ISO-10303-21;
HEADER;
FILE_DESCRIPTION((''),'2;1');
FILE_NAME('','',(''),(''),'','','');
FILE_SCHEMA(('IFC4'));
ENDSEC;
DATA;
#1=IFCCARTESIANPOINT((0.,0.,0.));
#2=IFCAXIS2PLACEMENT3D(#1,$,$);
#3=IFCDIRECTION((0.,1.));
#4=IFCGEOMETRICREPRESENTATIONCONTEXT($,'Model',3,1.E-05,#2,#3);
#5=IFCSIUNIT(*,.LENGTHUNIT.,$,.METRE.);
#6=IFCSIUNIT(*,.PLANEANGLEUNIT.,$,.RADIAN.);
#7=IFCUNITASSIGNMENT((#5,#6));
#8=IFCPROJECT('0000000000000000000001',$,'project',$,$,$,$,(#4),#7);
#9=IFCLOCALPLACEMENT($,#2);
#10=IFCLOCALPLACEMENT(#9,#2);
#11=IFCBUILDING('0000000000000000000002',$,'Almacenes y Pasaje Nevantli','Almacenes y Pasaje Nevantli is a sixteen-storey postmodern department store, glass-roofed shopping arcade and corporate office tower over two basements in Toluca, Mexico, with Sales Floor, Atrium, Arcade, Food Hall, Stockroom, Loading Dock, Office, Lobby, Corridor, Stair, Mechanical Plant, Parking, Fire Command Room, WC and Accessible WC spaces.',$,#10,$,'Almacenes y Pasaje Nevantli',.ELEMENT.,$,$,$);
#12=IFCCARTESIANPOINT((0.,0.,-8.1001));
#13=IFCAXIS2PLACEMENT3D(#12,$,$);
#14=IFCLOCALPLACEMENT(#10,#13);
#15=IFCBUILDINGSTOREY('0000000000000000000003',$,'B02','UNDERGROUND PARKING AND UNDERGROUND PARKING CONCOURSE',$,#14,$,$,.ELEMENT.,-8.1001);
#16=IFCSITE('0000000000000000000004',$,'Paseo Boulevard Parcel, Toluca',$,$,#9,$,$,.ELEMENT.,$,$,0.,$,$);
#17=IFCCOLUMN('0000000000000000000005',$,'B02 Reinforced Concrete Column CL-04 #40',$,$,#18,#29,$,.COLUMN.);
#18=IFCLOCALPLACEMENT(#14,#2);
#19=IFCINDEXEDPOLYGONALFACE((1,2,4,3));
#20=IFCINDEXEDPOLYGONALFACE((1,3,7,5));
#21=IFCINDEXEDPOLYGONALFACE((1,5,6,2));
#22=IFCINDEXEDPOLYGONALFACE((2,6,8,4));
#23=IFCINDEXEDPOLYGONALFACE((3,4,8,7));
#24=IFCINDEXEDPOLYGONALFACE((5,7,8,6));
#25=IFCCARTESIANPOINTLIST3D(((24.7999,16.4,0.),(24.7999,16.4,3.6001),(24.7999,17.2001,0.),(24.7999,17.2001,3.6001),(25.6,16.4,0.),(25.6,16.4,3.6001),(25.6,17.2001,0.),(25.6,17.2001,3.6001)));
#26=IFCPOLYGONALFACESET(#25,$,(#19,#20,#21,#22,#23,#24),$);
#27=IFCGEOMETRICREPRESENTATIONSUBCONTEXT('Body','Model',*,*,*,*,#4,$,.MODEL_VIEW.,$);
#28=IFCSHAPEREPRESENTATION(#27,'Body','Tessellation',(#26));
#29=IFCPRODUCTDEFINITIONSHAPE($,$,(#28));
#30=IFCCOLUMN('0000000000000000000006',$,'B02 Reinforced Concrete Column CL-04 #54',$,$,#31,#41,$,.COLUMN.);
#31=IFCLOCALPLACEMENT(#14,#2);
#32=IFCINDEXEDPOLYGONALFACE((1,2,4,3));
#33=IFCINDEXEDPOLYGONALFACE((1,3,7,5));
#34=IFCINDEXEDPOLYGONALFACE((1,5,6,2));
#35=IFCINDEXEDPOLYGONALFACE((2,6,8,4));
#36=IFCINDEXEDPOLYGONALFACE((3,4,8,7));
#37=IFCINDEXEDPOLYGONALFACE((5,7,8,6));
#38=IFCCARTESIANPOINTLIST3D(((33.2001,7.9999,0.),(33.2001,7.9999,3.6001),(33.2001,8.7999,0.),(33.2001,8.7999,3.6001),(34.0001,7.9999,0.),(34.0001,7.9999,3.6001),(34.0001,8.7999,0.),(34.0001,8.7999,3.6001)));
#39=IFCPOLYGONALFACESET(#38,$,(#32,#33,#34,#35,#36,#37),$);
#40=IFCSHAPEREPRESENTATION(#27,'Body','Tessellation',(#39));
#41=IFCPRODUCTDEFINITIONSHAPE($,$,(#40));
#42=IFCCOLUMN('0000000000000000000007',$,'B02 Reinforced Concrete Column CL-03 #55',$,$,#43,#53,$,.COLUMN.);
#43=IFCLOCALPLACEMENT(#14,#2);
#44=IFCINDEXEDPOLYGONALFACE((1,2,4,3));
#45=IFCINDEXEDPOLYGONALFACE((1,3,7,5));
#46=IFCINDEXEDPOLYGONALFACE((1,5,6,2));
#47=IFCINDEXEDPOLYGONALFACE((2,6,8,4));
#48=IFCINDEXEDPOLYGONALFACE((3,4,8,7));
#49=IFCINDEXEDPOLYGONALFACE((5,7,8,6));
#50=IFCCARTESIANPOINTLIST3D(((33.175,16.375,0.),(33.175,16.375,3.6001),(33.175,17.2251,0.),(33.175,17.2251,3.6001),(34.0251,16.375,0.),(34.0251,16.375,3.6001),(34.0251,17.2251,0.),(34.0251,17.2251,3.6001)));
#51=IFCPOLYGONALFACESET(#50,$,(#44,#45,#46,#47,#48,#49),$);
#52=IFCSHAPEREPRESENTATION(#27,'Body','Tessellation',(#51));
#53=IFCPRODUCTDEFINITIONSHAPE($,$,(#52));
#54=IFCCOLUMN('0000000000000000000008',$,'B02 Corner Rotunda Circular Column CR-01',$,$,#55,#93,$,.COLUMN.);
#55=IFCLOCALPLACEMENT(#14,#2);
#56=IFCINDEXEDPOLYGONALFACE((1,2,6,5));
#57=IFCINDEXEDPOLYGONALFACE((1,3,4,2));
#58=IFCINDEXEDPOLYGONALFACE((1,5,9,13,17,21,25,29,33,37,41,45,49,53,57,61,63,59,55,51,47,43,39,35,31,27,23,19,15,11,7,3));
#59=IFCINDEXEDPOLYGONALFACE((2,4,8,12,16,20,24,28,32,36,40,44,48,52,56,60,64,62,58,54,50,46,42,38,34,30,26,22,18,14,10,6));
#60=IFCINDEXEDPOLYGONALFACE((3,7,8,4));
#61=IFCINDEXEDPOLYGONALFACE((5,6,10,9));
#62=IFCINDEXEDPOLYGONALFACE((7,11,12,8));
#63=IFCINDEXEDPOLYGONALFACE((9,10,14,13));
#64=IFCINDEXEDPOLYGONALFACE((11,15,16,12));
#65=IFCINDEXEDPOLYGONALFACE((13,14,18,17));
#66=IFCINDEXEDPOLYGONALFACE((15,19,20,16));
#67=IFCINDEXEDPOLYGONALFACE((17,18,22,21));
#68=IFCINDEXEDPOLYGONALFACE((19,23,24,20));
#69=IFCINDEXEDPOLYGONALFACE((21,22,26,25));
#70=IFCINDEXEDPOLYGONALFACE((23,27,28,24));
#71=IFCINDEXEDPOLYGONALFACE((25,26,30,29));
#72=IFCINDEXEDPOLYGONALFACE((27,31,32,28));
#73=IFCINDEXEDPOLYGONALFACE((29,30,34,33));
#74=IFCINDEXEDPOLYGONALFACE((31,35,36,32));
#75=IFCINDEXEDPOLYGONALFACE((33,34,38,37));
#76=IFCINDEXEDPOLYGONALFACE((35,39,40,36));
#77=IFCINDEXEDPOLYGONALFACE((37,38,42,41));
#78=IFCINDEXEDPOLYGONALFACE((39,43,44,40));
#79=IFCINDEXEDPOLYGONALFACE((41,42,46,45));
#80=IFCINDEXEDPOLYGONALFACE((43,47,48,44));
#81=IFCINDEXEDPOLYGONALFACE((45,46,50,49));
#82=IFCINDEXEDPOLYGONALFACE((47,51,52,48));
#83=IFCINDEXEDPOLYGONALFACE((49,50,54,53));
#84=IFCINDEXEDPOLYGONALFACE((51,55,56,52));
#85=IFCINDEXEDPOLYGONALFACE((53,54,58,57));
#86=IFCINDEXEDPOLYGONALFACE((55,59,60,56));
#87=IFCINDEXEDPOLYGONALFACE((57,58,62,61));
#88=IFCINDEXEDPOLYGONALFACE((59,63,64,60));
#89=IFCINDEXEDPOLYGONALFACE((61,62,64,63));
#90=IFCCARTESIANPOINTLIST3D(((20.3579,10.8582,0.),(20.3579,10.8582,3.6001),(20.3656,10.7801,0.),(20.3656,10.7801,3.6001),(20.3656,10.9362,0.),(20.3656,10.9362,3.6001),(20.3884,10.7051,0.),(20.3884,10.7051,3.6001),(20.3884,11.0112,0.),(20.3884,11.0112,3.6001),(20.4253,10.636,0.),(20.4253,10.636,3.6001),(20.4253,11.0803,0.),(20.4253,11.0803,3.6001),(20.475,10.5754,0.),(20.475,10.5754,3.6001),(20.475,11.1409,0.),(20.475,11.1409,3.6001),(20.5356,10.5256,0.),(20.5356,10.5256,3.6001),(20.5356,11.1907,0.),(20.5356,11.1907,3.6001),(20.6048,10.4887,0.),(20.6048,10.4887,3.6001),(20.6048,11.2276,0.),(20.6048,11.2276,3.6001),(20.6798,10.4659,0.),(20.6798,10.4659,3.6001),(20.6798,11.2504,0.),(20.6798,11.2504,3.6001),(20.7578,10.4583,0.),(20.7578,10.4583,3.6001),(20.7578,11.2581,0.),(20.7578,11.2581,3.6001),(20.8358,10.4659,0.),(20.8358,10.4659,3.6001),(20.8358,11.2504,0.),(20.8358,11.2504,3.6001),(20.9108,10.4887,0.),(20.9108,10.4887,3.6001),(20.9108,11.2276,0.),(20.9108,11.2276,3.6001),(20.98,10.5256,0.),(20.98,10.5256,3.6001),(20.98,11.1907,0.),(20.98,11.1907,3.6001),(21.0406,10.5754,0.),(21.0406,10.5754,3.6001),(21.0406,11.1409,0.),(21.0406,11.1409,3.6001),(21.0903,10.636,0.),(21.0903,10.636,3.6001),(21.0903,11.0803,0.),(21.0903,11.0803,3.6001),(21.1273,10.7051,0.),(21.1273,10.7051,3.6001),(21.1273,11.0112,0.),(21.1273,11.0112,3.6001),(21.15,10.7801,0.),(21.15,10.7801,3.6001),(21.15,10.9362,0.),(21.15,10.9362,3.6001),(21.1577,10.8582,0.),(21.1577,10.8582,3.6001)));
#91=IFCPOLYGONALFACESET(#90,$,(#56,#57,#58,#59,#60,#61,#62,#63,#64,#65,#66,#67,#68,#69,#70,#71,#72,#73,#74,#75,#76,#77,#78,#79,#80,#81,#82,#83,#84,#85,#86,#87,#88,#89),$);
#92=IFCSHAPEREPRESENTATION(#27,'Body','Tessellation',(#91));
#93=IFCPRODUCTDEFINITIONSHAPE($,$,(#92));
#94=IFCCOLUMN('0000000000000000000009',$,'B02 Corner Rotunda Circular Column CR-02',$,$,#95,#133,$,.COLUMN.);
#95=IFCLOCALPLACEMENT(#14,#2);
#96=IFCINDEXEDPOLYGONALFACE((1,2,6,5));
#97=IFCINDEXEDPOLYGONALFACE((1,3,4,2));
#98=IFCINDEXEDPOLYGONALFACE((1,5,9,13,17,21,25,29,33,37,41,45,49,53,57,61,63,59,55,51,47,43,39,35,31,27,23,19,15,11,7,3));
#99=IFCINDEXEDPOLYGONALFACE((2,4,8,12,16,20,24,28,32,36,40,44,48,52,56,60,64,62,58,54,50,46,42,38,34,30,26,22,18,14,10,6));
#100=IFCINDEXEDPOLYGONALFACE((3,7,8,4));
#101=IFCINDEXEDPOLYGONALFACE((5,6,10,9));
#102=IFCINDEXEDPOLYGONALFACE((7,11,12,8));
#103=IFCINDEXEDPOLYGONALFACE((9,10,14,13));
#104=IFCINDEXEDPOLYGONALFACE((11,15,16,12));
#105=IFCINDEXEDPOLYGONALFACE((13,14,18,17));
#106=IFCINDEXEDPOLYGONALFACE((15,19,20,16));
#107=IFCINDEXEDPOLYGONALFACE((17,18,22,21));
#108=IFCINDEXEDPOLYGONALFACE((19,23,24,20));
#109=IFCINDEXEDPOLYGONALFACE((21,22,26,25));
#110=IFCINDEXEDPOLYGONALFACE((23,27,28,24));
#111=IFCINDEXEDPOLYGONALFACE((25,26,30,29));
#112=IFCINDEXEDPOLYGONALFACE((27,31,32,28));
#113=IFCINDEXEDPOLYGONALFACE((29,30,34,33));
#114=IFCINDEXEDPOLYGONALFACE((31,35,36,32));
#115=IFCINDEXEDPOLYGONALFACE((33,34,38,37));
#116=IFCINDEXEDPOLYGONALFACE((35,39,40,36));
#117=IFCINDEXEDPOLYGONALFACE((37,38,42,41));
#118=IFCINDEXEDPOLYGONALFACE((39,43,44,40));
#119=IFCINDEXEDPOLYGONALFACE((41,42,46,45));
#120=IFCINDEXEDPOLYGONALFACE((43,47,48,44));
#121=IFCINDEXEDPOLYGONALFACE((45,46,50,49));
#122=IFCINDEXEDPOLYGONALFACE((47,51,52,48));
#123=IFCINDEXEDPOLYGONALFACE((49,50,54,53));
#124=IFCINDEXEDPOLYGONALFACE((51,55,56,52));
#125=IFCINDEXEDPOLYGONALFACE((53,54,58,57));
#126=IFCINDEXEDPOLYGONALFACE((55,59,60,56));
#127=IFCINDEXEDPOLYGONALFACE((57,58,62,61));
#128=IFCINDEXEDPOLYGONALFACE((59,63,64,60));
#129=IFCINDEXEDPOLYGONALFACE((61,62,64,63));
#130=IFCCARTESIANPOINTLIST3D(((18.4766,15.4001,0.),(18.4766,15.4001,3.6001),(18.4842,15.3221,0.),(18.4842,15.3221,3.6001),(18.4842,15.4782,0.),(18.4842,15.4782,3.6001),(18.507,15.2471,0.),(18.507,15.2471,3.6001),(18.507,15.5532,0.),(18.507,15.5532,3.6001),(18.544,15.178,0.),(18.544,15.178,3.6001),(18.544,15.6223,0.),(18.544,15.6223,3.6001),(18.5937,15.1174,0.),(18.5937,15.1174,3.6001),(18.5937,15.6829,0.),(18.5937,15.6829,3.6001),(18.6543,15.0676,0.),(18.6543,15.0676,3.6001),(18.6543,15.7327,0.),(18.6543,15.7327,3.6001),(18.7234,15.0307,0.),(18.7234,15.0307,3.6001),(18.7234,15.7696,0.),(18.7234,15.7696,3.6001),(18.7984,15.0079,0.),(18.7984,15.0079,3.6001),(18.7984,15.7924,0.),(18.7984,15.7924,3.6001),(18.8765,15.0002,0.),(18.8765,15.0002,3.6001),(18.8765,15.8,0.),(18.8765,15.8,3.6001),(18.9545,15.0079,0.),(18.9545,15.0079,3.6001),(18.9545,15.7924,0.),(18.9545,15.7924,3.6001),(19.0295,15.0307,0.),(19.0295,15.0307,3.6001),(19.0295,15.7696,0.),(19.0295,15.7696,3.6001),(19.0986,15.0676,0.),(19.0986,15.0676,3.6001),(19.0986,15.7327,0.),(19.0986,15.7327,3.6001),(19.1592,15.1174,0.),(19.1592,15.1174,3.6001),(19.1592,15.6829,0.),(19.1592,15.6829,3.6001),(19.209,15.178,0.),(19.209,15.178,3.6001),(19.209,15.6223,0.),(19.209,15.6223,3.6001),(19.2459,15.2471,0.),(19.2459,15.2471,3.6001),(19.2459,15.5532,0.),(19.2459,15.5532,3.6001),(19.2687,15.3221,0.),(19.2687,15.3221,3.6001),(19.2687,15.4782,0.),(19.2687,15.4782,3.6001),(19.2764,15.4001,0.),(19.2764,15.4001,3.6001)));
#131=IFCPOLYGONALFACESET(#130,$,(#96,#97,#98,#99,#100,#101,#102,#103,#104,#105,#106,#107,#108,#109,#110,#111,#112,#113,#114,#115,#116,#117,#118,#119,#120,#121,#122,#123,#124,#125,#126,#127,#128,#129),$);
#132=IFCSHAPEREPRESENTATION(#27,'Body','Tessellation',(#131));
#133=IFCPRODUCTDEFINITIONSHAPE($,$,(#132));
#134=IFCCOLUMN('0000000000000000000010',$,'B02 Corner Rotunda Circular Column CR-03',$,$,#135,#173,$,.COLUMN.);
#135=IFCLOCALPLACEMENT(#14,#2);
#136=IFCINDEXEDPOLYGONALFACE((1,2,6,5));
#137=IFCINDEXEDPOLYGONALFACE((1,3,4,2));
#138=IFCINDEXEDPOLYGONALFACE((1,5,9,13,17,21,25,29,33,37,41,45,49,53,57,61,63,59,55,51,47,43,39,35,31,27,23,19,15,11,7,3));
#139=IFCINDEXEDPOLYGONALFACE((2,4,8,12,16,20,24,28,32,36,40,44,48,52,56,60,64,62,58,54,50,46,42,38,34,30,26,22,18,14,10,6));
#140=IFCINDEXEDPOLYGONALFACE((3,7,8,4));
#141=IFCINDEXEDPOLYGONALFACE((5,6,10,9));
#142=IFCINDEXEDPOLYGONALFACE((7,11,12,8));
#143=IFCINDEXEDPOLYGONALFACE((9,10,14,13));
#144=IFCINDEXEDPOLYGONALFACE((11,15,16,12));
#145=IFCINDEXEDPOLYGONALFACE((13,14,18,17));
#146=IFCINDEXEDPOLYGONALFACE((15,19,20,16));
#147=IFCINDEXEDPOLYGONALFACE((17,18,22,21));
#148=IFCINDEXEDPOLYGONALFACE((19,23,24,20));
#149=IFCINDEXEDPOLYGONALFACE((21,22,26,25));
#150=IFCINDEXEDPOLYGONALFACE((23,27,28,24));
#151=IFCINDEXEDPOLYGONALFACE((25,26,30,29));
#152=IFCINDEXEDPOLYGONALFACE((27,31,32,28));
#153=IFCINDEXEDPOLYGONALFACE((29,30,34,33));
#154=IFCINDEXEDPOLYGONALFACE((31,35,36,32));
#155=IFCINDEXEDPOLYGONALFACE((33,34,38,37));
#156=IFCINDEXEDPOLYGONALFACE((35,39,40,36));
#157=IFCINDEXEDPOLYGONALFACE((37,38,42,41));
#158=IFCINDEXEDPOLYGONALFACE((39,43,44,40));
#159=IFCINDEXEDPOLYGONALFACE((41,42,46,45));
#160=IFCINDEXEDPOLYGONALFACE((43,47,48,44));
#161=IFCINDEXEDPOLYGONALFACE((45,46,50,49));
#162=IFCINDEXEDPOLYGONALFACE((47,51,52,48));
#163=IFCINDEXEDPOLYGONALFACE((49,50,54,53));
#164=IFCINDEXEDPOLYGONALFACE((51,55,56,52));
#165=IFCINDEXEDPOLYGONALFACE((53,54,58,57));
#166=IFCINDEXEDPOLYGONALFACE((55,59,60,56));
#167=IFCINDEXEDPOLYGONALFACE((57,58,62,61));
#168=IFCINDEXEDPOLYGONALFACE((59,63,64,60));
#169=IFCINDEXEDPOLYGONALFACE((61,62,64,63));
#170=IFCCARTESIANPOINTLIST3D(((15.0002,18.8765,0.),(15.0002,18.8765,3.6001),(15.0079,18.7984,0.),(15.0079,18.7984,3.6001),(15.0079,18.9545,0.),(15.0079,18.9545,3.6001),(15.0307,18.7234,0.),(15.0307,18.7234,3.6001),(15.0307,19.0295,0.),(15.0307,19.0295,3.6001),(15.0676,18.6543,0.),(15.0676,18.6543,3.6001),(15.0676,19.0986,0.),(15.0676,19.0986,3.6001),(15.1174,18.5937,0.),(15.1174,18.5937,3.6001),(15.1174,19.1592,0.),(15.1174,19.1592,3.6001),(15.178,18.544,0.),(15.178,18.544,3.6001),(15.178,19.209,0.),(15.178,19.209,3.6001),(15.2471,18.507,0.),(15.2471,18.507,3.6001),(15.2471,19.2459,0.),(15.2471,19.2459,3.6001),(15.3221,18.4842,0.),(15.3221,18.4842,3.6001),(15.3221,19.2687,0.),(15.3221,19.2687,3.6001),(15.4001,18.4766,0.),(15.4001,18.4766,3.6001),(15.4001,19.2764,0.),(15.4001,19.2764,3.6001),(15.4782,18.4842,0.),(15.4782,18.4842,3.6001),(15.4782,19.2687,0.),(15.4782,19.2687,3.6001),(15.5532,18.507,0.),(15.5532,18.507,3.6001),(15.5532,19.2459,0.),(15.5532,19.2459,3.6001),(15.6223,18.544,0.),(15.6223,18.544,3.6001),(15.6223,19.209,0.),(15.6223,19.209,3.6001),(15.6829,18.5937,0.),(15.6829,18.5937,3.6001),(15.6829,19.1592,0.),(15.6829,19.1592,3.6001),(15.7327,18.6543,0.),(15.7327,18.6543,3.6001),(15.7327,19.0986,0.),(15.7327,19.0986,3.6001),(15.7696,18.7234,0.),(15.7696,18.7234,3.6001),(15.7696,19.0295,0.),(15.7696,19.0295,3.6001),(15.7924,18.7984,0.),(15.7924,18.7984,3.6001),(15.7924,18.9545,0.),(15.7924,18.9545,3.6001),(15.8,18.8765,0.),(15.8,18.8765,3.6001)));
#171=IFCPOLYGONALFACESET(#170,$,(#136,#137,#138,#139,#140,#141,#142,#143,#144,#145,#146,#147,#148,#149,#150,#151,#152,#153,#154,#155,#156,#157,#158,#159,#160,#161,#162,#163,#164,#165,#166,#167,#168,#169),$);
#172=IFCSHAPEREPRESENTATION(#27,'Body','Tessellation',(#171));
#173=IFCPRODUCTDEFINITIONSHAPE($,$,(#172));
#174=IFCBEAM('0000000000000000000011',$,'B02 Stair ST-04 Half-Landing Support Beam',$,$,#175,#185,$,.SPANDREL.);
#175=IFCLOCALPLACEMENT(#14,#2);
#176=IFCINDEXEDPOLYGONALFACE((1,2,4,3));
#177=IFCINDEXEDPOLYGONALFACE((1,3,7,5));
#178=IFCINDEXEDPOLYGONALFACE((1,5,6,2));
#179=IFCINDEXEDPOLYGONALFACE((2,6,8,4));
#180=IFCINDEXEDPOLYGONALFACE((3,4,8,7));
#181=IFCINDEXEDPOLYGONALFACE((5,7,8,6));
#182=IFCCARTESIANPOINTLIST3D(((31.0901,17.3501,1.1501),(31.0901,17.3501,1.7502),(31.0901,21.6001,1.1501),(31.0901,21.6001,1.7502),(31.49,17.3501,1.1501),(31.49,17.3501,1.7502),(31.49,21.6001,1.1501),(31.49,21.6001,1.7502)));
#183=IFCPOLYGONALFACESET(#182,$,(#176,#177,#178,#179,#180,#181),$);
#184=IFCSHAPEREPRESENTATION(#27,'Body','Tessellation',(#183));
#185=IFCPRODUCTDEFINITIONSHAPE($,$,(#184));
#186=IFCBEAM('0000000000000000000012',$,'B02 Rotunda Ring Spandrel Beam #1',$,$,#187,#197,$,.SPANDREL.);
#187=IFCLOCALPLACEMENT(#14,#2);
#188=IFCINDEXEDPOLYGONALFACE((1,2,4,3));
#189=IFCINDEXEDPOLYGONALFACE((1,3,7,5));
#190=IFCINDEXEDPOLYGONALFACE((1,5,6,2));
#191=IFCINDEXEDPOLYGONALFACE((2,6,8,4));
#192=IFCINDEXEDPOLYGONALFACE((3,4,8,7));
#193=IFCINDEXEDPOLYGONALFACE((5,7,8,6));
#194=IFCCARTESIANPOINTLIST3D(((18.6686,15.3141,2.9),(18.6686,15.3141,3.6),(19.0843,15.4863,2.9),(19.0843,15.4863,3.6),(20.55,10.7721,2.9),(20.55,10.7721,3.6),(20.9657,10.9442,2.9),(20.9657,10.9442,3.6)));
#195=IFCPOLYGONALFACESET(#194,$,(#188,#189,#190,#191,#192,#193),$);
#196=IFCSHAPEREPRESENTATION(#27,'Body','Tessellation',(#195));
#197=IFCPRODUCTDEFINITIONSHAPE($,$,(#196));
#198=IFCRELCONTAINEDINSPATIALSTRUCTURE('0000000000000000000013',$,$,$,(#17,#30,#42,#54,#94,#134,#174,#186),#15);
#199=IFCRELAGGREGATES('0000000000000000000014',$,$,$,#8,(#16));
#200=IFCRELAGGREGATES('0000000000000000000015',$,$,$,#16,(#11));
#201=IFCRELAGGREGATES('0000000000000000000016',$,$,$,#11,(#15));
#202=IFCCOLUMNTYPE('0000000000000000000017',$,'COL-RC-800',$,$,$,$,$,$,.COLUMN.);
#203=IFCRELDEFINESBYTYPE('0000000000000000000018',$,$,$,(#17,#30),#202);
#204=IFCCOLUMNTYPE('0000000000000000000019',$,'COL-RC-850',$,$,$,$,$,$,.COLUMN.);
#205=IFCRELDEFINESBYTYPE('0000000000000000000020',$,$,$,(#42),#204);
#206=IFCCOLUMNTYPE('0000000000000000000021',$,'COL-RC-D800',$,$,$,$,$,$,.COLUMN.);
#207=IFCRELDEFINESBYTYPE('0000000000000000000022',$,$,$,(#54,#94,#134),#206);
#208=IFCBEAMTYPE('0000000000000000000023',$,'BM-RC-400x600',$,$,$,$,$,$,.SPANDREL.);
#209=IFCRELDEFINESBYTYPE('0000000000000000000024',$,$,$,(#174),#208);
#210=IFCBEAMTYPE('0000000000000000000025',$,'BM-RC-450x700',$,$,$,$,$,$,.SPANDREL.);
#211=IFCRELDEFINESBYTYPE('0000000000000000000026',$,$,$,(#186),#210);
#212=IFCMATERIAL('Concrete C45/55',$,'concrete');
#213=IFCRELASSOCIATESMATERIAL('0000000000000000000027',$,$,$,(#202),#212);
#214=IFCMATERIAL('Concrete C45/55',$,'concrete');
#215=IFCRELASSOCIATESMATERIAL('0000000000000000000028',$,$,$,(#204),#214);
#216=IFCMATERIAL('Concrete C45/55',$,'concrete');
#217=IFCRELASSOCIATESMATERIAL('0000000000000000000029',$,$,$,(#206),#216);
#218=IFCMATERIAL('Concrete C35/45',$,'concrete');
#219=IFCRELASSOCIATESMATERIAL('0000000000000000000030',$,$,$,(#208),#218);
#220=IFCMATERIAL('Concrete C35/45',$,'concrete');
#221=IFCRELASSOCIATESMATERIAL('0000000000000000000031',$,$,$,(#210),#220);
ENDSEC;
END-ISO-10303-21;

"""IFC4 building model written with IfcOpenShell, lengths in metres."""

from ifc_helpers import new_model, si_unit, direction, frame, origin, origin_2d, place, context, subcontext, project, spatial, rectangle, circle, extrude, material, material_profile, profile_set, type_object, element, save


model = new_model("IFC4")

# Units and contexts
model_context = context("Model", 3, precision=1e-05, world=origin(), true_north=direction((0.0, 1.0)))
body_context = subcontext(model_context, "Body", "Model", "MODEL_VIEW")
ifc_project = project(units=[si_unit("LENGTHUNIT", "METRE"), si_unit("PLANEANGLEUNIT", "RADIAN")], contexts=[model_context])

# Site, building, storey
site_placement = place(None, origin())
site = spatial("IfcSite", under=ifc_project, at=site_placement, Name="Paseo Boulevard Parcel, Toluca", CompositionType="ELEMENT", RefElevation=0.0)
building_placement = place(site_placement, origin())
building = spatial("IfcBuilding", under=site, at=building_placement, Name="Almacenes y Pasaje Nevantli", Description="Almacenes y Pasaje Nevantli is a sixteen-storey postmodern department store, glass-roofed shopping arcade and corporate office tower over two basements in Toluca, Mexico, with Sales Floor, Atrium, Arcade, Food Hall, Stockroom, Loading Dock, Office, Lobby, Corridor, Stair, Mechanical Plant, Parking, Fire Command Room, WC and Accessible WC spaces.", LongName="Almacenes y Pasaje Nevantli", CompositionType="ELEMENT")
storey_placement = place(building_placement, frame((0.0, 0.0, -8.1001)))
storey = spatial("IfcBuildingStorey", under=building, at=storey_placement, Name="B02", Description="UNDERGROUND PARKING AND UNDERGROUND PARKING CONCOURSE", CompositionType="ELEMENT", Elevation=-8.1001)

# Columns
ifc_material_1 = material(Name="Concrete C45/55", Category="concrete")
ifc_material_profile_1 = material_profile(ifc_material_1, rectangle(XDim=0.8, YDim=0.8, at=origin_2d()), Name="RC-COL-800x800")
ifc_profile_set_1 = profile_set([ifc_material_profile_1], Name="Concrete C45/55")
column_type_1 = type_object("IfcColumnType", Name="COL-RC-800", PredefinedType="COLUMN", material=ifc_profile_set_1)
for number, where, z_axis, x_axis, name in (
    (1, (25.2, 16.8, 0.0), (0.0, 0.0, 1.0), (1.0, 0.0, 0.0), "B02 Reinforced Concrete Column CL-04 #40"),
    (2, (33.6001, 8.3999, 0.0), (0.0, 0.0, 1.0), (1.0, 0.0, 0.0), "B02 Reinforced Concrete Column CL-04 #54"),
):
    element("IfcColumn", number, at=place(storey_placement, frame(where, z_axis=z_axis, x_axis=x_axis)), inside=storey, type_object=column_type_1, Name=name, PredefinedType="COLUMN", context=body_context, shape_type="SweptSolid", body=[
        extrude(rectangle(XDim=0.8, YDim=0.8, at=origin_2d()), origin(), (0.0, 0.0, 1.0), 3.6001),
    ])
ifc_material_2 = material(Name="Concrete C45/55", Category="concrete")
ifc_material_profile_2 = material_profile(ifc_material_2, rectangle(XDim=0.8501, YDim=0.8501, at=origin_2d()), Name="RC-COL-850x850")
ifc_profile_set_2 = profile_set([ifc_material_profile_2], Name="Concrete C45/55")
column_type_2 = type_object("IfcColumnType", Name="COL-RC-850", PredefinedType="COLUMN", material=ifc_profile_set_2)
column_placement = place(storey_placement, frame((33.6001, 16.8, 0.0), z_axis=(0.0, 0.0, 1.0), x_axis=(1.0, 0.0, 0.0)))
element("IfcColumn", 3, at=column_placement, inside=storey, type_object=column_type_2, Name="B02 Reinforced Concrete Column CL-03 #55", PredefinedType="COLUMN", context=body_context, shape_type="SweptSolid", body=[
    extrude(rectangle(XDim=0.8501, YDim=0.8501, at=origin_2d()), origin(), (0.0, 0.0, 1.0), 3.6001),
])
ifc_material_3 = material(Name="Concrete C45/55", Category="concrete")
ifc_material_profile_3 = material_profile(ifc_material_3, circle(Radius=0.3999, at=origin_2d()), Name="RC-COL-D800")
ifc_profile_set_3 = profile_set([ifc_material_profile_3], Name="Concrete C45/55")
column_type_3 = type_object("IfcColumnType", Name="COL-RC-D800", PredefinedType="COLUMN", material=ifc_profile_set_3)
for number, where, z_axis, x_axis, name in (
    (4, (20.7578, 10.8582, 0.0), (0.0, 0.0, 1.0), (1.0, 0.0, 0.0), "B02 Corner Rotunda Circular Column CR-01"),
    (5, (18.8765, 15.4001, 0.0), (0.0, 0.0, 1.0), (1.0, 0.0, 0.0), "B02 Corner Rotunda Circular Column CR-02"),
    (6, (15.4001, 18.8765, 0.0), (0.0, 0.0, 1.0), (1.0, 0.0, 0.0), "B02 Corner Rotunda Circular Column CR-03"),
):
    element("IfcColumn", number, at=place(storey_placement, frame(where, z_axis=z_axis, x_axis=x_axis)), inside=storey, type_object=column_type_3, Name=name, PredefinedType="COLUMN", context=body_context, shape_type="SweptSolid", body=[
        extrude(circle(Radius=0.3999, at=origin_2d()), origin(), (0.0, 0.0, 1.0), 3.6001),
    ])

# Beams
ifc_material_4 = material(Name="Concrete C35/45", Category="concrete")
ifc_material_profile_4 = material_profile(ifc_material_4, rectangle(XDim=0.3999, YDim=0.6001, at=origin_2d()), Name="RC-BM-400x600")
ifc_profile_set_4 = profile_set([ifc_material_profile_4], Name="Concrete C35/45")
beam_type_1 = type_object("IfcBeamType", Name="BM-RC-400x600", PredefinedType="SPANDREL", material=ifc_profile_set_4)
beam_1_placement = place(storey_placement, frame((31.29, 17.3501, 1.4502), z_axis=(0.0, 1.0, 0.0), x_axis=(-1.0, 0.0, 0.0)))
element("IfcBeam", 7, at=beam_1_placement, inside=storey, type_object=beam_type_1, Name="B02 Stair ST-04 Half-Landing Support Beam", PredefinedType="SPANDREL", context=body_context, shape_type="SweptSolid", body=[
    extrude(rectangle(XDim=0.3999, YDim=0.6001, at=origin_2d()), origin(), (0.0, 0.0, 1.0), 4.25),
])
ifc_material_5 = material(Name="Concrete C35/45", Category="concrete")
ifc_material_profile_5 = material_profile(ifc_material_5, rectangle(XDim=0.45, YDim=0.7, at=origin_2d()), Name="RC-BM-450x700")
ifc_profile_set_5 = profile_set([ifc_material_profile_5], Name="Concrete C35/45")
beam_type_2 = type_object("IfcBeamType", Name="BM-RC-450x700", PredefinedType="SPANDREL", material=ifc_profile_set_5)
for number, where, z_axis, x_axis, name in (
    (8, (20.7578, 10.8582, 3.25), (-0.382682, 0.92388, 0.0), (-0.92388, -0.382682, 0.0), "B02 Rotunda Ring Spandrel Beam #1"),
):
    element("IfcBeam", number, at=place(storey_placement, frame(where, z_axis=z_axis, x_axis=x_axis)), inside=storey, type_object=beam_type_2, Name=name, PredefinedType="SPANDREL", context=body_context, shape_type="SweptSolid", body=[
        extrude(rectangle(XDim=0.45, YDim=0.7, at=origin_2d()), origin(), (0.0, 0.0, 1.0), 4.9163),
    ])

save(model, "model.ifc")
